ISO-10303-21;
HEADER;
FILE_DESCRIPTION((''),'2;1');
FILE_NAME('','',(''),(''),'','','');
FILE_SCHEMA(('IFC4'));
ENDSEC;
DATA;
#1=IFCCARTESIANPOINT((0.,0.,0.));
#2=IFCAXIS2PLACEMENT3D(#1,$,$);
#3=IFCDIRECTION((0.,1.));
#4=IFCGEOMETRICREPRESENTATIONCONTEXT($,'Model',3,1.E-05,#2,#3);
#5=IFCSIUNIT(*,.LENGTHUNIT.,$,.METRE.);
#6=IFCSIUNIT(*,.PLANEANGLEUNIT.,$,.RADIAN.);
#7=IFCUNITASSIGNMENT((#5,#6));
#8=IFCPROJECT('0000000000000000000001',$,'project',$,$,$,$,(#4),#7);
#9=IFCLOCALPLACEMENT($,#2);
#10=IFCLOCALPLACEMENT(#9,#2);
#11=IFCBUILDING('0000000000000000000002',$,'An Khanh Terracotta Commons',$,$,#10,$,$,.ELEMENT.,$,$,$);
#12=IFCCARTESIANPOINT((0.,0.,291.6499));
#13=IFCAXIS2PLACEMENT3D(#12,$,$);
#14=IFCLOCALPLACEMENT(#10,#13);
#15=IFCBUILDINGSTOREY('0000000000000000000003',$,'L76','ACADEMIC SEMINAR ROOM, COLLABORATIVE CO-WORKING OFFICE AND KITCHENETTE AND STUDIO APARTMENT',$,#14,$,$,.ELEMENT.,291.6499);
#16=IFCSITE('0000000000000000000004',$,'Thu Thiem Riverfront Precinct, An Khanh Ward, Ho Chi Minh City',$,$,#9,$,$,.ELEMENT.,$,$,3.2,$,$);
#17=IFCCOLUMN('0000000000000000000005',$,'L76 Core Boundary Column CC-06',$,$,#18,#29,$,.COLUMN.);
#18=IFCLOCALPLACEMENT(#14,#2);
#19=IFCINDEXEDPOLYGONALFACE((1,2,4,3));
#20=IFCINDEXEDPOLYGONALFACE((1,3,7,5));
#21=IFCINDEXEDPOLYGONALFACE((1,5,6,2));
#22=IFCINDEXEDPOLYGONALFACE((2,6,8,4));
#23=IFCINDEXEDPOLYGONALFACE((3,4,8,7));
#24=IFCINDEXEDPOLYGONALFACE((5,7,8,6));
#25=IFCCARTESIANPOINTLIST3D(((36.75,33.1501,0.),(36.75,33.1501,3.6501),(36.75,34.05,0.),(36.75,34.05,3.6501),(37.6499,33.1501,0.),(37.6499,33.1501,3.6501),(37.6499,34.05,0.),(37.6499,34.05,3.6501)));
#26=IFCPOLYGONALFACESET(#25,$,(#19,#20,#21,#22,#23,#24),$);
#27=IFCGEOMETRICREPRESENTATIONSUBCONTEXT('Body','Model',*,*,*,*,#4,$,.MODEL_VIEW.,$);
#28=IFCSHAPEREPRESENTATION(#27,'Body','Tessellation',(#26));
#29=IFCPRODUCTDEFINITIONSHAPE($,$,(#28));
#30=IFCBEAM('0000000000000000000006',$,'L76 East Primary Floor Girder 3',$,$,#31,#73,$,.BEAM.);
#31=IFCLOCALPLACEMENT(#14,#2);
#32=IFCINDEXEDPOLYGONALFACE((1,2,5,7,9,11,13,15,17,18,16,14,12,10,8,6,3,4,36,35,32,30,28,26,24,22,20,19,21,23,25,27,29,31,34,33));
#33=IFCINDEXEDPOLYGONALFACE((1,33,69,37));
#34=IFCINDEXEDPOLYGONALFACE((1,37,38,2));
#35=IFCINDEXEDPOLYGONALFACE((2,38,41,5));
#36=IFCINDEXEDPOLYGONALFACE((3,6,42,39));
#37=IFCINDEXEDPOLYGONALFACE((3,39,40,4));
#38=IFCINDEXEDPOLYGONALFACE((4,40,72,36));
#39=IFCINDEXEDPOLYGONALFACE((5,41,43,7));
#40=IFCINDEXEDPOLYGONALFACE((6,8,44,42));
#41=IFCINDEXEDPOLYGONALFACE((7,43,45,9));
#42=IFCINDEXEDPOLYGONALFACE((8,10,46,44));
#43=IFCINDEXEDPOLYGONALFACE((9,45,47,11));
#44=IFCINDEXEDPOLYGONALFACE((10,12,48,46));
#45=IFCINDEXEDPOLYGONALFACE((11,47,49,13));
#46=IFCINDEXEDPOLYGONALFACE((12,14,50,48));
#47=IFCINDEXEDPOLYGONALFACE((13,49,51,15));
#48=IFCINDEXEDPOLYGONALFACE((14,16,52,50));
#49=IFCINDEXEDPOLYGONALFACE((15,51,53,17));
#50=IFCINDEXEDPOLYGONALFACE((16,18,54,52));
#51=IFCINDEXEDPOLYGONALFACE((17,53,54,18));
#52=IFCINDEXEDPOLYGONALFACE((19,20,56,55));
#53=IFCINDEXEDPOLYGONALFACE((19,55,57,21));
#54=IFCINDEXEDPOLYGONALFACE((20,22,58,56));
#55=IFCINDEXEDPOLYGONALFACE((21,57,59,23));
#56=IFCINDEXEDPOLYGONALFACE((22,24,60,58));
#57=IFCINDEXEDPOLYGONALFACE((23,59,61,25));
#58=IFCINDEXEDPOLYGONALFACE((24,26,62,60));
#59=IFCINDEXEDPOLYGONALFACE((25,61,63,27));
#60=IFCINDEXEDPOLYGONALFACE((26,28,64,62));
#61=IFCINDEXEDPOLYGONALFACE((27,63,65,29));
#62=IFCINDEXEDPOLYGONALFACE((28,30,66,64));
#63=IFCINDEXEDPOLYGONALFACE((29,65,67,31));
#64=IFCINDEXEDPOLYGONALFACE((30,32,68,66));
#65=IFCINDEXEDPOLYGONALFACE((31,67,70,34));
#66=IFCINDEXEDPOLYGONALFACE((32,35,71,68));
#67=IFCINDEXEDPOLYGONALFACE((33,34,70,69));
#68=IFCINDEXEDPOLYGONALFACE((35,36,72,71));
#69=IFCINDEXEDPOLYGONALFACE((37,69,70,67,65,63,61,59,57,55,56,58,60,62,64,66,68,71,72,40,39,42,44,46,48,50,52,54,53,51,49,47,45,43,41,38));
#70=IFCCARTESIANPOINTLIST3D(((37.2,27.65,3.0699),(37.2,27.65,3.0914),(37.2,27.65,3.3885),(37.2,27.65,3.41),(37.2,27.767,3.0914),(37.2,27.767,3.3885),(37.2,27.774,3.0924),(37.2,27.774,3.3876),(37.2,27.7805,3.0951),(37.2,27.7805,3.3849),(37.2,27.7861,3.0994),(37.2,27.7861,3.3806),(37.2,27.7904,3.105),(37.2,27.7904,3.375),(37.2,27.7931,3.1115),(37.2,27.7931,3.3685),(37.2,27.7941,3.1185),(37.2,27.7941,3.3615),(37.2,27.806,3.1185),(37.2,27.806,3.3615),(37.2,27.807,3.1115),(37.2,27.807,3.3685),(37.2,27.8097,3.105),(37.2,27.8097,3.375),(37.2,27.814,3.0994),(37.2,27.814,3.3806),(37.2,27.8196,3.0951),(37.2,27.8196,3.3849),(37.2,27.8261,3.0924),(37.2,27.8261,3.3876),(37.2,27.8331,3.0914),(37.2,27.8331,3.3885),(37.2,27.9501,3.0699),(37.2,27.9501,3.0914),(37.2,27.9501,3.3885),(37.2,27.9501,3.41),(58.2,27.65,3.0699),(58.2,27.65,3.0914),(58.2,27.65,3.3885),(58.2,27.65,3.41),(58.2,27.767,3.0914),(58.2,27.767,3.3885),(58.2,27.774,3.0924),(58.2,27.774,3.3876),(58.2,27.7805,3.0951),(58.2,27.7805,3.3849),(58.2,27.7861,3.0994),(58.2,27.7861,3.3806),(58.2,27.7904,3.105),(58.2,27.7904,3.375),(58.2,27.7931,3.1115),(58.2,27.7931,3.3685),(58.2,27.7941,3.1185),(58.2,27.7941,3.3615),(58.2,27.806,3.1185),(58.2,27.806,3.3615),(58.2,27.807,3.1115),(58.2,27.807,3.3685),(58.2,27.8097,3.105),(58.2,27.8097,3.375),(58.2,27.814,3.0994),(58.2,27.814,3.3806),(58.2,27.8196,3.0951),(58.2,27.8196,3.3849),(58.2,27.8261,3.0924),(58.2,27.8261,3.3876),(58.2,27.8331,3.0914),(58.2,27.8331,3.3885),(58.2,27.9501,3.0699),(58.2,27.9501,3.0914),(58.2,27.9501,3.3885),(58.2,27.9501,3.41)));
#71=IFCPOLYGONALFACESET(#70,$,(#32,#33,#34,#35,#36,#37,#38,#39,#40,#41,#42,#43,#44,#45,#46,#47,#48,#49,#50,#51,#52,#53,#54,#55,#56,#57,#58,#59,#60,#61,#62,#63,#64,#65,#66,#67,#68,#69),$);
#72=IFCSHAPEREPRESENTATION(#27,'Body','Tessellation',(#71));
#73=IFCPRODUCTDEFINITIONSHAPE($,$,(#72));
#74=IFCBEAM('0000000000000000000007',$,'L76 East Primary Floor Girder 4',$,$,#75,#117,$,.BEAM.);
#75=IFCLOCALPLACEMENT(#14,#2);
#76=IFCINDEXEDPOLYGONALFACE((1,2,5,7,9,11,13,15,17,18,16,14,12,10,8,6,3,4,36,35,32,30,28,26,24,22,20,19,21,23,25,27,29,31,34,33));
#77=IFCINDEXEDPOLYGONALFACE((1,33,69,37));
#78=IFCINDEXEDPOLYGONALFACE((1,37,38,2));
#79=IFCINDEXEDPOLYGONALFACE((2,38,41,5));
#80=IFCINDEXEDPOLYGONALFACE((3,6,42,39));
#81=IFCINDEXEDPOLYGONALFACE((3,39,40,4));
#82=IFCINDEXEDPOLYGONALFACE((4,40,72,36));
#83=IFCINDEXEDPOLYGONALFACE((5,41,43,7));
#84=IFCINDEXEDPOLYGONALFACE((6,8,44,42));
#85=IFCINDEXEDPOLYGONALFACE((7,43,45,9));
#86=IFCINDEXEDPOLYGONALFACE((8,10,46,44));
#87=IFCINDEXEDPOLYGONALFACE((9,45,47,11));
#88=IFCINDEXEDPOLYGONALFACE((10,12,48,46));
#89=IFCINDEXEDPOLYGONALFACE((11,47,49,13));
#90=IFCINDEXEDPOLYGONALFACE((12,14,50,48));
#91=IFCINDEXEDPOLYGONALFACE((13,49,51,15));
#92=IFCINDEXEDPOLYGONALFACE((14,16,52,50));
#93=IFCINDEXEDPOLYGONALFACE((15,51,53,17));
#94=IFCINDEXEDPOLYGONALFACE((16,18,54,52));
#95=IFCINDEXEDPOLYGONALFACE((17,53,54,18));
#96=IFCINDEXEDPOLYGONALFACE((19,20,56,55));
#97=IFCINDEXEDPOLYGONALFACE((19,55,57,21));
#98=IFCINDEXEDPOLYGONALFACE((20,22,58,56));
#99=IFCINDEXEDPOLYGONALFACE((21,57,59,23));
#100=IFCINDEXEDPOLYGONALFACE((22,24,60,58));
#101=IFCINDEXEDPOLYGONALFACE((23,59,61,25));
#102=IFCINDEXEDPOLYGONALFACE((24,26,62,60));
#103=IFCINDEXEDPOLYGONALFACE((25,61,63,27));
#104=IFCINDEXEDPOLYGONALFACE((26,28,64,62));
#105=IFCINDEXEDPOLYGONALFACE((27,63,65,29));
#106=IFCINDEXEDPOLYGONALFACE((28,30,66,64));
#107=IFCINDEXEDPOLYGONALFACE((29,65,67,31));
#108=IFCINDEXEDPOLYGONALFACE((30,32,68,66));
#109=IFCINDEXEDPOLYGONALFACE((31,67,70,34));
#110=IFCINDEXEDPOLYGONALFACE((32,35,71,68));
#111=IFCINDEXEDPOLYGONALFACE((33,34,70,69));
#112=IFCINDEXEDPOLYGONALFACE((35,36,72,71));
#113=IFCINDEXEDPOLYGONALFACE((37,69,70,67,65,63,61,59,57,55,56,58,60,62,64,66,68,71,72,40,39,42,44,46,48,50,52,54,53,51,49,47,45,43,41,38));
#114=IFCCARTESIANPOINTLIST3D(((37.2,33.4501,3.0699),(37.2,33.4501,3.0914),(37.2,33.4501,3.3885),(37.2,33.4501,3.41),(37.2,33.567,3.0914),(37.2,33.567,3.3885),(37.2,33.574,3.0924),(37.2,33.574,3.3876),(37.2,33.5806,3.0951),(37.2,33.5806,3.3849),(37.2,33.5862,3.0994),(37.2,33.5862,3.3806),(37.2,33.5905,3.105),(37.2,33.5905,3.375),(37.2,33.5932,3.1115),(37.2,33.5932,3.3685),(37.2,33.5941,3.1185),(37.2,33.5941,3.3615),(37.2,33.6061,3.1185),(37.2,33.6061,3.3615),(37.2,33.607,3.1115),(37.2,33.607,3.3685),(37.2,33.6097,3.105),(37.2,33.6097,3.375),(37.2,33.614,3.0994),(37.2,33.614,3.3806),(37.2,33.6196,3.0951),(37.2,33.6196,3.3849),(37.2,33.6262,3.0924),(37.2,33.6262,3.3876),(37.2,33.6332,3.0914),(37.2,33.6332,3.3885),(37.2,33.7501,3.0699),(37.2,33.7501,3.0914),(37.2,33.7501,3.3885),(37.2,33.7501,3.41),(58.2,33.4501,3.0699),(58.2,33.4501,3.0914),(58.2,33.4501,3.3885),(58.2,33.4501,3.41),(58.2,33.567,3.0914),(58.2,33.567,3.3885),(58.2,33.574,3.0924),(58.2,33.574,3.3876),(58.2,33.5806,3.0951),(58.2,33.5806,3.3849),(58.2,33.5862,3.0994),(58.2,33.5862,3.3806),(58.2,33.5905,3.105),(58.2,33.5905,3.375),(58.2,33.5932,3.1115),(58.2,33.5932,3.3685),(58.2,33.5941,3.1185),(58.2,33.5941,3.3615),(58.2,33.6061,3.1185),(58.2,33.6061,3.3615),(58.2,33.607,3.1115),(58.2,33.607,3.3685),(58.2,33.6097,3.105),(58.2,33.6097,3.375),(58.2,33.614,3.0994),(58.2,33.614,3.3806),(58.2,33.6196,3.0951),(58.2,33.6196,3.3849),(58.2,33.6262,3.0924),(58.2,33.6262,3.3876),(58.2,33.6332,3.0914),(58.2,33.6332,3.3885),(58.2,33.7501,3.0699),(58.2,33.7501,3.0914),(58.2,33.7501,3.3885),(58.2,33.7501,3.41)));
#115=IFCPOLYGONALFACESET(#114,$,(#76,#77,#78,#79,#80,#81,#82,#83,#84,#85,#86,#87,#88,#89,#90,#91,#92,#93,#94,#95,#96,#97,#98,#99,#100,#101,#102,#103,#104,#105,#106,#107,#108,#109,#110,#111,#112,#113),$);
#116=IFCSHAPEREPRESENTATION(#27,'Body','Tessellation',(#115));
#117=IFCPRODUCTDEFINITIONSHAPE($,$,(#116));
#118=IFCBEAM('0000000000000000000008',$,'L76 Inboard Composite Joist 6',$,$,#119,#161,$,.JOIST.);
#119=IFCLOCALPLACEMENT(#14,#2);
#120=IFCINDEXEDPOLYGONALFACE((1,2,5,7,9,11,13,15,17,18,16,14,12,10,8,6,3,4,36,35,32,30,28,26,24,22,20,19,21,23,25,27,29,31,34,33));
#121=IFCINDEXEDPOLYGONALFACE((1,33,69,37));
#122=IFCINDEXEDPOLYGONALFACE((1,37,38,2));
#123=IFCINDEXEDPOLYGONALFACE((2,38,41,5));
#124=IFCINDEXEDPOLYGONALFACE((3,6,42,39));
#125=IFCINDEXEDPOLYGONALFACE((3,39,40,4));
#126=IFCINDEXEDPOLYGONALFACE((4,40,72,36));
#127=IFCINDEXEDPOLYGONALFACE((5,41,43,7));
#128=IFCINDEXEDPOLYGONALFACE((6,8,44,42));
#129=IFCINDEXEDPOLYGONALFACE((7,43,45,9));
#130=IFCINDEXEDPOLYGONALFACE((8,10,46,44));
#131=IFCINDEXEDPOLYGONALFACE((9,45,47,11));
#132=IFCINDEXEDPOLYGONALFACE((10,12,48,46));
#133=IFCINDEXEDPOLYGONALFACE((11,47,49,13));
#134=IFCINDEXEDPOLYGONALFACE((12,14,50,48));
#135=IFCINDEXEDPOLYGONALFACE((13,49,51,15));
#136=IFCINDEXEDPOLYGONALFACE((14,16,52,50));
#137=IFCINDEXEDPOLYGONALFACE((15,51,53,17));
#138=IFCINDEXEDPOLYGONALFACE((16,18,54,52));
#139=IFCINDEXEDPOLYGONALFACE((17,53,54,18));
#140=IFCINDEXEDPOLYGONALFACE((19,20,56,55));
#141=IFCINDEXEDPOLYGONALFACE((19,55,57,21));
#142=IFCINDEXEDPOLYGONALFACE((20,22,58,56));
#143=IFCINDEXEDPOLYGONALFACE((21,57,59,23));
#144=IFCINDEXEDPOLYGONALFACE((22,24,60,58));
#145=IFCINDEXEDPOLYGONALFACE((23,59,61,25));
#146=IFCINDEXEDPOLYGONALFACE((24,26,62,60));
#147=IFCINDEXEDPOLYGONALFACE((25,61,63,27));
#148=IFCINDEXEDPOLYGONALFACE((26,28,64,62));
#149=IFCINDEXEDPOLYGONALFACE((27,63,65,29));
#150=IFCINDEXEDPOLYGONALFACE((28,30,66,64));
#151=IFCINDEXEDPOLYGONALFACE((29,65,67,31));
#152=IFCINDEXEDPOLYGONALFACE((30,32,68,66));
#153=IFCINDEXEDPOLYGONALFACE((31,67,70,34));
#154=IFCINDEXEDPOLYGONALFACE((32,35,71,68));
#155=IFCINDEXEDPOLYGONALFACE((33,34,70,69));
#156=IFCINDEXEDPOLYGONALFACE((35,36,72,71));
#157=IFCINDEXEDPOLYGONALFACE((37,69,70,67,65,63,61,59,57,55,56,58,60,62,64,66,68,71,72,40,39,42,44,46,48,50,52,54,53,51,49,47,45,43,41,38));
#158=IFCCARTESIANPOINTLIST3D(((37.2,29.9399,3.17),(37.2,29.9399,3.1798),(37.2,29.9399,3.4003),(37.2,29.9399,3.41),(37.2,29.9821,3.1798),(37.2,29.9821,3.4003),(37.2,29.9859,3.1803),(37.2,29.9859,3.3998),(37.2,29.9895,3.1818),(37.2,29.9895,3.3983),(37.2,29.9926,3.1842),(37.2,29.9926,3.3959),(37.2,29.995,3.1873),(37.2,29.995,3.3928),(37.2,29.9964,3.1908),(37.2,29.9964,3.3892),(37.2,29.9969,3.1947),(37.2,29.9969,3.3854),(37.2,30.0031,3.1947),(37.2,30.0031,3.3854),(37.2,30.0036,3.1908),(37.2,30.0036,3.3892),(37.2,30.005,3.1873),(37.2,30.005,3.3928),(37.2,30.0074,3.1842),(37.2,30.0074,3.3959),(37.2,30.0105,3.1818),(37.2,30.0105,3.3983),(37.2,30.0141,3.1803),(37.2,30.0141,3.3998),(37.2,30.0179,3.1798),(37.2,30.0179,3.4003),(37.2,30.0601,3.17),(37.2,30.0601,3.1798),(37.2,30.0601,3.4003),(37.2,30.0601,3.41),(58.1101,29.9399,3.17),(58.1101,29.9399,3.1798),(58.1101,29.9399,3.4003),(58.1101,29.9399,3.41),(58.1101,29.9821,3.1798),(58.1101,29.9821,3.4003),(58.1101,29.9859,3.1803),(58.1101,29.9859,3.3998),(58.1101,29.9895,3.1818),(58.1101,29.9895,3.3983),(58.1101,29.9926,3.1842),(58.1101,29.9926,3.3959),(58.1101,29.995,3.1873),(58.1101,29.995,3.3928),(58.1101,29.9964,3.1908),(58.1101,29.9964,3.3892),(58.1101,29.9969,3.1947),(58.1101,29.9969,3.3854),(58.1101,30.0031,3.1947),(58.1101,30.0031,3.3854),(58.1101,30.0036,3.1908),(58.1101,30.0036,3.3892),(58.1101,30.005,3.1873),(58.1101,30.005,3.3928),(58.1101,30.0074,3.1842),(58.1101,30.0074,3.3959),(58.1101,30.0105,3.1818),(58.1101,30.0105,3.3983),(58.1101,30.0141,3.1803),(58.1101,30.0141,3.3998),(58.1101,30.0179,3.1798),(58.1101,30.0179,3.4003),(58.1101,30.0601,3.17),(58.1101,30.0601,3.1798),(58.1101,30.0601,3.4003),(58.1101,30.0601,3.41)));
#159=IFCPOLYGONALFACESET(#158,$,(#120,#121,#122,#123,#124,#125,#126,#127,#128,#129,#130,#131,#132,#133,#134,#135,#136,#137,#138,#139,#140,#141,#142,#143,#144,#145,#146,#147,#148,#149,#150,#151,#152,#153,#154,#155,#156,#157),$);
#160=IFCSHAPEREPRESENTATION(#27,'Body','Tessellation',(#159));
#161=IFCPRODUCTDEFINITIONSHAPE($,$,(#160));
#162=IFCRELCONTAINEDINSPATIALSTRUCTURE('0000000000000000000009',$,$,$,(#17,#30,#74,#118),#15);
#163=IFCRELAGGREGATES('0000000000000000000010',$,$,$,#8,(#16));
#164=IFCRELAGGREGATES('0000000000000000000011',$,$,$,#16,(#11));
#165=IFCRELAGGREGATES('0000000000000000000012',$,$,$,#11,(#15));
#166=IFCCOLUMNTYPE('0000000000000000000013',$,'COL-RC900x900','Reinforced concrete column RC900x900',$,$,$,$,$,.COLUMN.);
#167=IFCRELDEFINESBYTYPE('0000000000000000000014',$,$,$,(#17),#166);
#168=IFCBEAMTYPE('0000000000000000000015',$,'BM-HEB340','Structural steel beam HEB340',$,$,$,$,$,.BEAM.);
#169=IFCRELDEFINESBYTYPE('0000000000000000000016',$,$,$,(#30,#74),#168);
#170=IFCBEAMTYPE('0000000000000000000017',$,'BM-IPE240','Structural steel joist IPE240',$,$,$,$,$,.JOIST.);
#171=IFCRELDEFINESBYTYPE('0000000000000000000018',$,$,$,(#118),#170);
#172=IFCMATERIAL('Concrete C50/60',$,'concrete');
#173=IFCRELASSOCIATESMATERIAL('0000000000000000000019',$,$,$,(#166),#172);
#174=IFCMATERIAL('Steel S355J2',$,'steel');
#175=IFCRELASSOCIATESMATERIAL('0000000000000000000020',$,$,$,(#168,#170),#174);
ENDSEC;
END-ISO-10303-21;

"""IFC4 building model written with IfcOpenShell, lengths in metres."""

from ifc_helpers import new_model, si_unit, direction, frame, origin, origin_2d, place, context, subcontext, project, spatial, rectangle, i_section, extrude, material, material_profile, profile_set, type_object, element, save


model = new_model("IFC4")

# Units and contexts
model_context = context("Model", 3, precision=1e-05, world=origin(), true_north=direction((0.0, 1.0)))
body_context = subcontext(model_context, "Body", "Model", "MODEL_VIEW")
ifc_project = project(units=[si_unit("LENGTHUNIT", "METRE"), si_unit("PLANEANGLEUNIT", "RADIAN")], contexts=[model_context])

# Site, building, storey
site_placement = place(None, origin())
site = spatial("IfcSite", under=ifc_project, at=site_placement, Name="Thu Thiem Riverfront Precinct, An Khanh Ward, Ho Chi Minh City", CompositionType="ELEMENT", RefElevation=3.2)
building_placement = place(site_placement, origin())
building = spatial("IfcBuilding", under=site, at=building_placement, Name="An Khanh Terracotta Commons", CompositionType="ELEMENT")
storey_placement = place(building_placement, frame((0.0, 0.0, 291.6499)))
storey = spatial("IfcBuildingStorey", under=building, at=storey_placement, Name="L76", Description="ACADEMIC SEMINAR ROOM, COLLABORATIVE CO-WORKING OFFICE AND KITCHENETTE AND STUDIO APARTMENT", CompositionType="ELEMENT", Elevation=291.6499)

# Column
ifc_material_1 = material(Name="Concrete C50/60", Category="concrete")
ifc_material_profile_1 = material_profile(ifc_material_1, rectangle(XDim=0.8999, YDim=0.8999, at=origin_2d()), Name="RC900x900")
ifc_profile_set_1 = profile_set([ifc_material_profile_1], Name="Concrete C50/60")
column_type = type_object("IfcColumnType", Name="COL-RC900x900", Description="Reinforced concrete column RC900x900", PredefinedType="COLUMN", material=ifc_profile_set_1)
column_placement = place(storey_placement, frame((37.2, 33.6001, 0.0), z_axis=(0.0, 0.0, 1.0), x_axis=(1.0, 0.0, 0.0)))
element("IfcColumn", 1, at=column_placement, inside=storey, type_object=column_type, Name="L76 Core Boundary Column CC-06", PredefinedType="COLUMN", context=body_context, shape_type="SweptSolid", body=[
    extrude(rectangle(XDim=0.8999, YDim=0.8999, at=origin_2d()), origin(), (0.0, 0.0, 1.0), 3.6501),
])

# Beams
ifc_material_2 = material(Name="Steel S355J2", Category="steel")
ifc_material_profile_2 = material_profile(ifc_material_2, i_section(OverallWidth=0.3, OverallDepth=0.3401, WebThickness=0.012, FlangeThickness=0.0215, FilletRadius=0.0271, at=origin_2d()), Name="HEB340")
ifc_profile_set_2 = profile_set([ifc_material_profile_2], Name="Steel S355J2")
beam_type_1 = type_object("IfcBeamType", Name="BM-HEB340", Description="Structural steel beam HEB340", PredefinedType="BEAM", material=ifc_profile_set_2)
for number, where, z_axis, x_axis, name in (
    (2, (37.2, 27.8, 3.24), (1.0, 0.0, 0.0), (0.0, 1.0, 0.0), "L76 East Primary Floor Girder 3"),
    (3, (37.2, 33.6001, 3.24), (1.0, 0.0, 0.0), (0.0, 1.0, 0.0), "L76 East Primary Floor Girder 4"),
):
    element("IfcBeam", number, at=place(storey_placement, frame(where, z_axis=z_axis, x_axis=x_axis)), inside=storey, type_object=beam_type_1, Name=name, PredefinedType="BEAM", context=body_context, shape_type="SweptSolid", body=[
        extrude(i_section(OverallWidth=0.3, OverallDepth=0.3401, WebThickness=0.012, FlangeThickness=0.0215, FilletRadius=0.0271, at=origin_2d()), origin(), (0.0, 0.0, 1.0), 21.0),
    ])
ifc_material_profile_3 = material_profile(ifc_material_2, i_section(OverallWidth=0.1201, OverallDepth=0.24, WebThickness=0.0061, FlangeThickness=0.0098, FilletRadius=0.0149, at=origin_2d()), Name="IPE240")
ifc_profile_set_3 = profile_set([ifc_material_profile_3], Name="Steel S355J2")
beam_type_2 = type_object("IfcBeamType", Name="BM-IPE240", Description="Structural steel joist IPE240", PredefinedType="JOIST", material=ifc_profile_set_3)
for number, where, z_axis, x_axis, name in (
    (4, (37.2, 30.0, 3.29), (1.0, 0.0, 0.0), (0.0, 1.0, 0.0), "L76 Inboard Composite Joist 6"),
):
    element("IfcBeam", number, at=place(storey_placement, frame(where, z_axis=z_axis, x_axis=x_axis)), inside=storey, type_object=beam_type_2, Name=name, PredefinedType="JOIST", context=body_context, shape_type="SweptSolid", body=[
        extrude(i_section(OverallWidth=0.1201, OverallDepth=0.24, WebThickness=0.0061, FlangeThickness=0.0098, FilletRadius=0.0149, at=origin_2d()), origin(), (0.0, 0.0, 1.0), 20.9102),
    ])

save(model, "model.ifc")
